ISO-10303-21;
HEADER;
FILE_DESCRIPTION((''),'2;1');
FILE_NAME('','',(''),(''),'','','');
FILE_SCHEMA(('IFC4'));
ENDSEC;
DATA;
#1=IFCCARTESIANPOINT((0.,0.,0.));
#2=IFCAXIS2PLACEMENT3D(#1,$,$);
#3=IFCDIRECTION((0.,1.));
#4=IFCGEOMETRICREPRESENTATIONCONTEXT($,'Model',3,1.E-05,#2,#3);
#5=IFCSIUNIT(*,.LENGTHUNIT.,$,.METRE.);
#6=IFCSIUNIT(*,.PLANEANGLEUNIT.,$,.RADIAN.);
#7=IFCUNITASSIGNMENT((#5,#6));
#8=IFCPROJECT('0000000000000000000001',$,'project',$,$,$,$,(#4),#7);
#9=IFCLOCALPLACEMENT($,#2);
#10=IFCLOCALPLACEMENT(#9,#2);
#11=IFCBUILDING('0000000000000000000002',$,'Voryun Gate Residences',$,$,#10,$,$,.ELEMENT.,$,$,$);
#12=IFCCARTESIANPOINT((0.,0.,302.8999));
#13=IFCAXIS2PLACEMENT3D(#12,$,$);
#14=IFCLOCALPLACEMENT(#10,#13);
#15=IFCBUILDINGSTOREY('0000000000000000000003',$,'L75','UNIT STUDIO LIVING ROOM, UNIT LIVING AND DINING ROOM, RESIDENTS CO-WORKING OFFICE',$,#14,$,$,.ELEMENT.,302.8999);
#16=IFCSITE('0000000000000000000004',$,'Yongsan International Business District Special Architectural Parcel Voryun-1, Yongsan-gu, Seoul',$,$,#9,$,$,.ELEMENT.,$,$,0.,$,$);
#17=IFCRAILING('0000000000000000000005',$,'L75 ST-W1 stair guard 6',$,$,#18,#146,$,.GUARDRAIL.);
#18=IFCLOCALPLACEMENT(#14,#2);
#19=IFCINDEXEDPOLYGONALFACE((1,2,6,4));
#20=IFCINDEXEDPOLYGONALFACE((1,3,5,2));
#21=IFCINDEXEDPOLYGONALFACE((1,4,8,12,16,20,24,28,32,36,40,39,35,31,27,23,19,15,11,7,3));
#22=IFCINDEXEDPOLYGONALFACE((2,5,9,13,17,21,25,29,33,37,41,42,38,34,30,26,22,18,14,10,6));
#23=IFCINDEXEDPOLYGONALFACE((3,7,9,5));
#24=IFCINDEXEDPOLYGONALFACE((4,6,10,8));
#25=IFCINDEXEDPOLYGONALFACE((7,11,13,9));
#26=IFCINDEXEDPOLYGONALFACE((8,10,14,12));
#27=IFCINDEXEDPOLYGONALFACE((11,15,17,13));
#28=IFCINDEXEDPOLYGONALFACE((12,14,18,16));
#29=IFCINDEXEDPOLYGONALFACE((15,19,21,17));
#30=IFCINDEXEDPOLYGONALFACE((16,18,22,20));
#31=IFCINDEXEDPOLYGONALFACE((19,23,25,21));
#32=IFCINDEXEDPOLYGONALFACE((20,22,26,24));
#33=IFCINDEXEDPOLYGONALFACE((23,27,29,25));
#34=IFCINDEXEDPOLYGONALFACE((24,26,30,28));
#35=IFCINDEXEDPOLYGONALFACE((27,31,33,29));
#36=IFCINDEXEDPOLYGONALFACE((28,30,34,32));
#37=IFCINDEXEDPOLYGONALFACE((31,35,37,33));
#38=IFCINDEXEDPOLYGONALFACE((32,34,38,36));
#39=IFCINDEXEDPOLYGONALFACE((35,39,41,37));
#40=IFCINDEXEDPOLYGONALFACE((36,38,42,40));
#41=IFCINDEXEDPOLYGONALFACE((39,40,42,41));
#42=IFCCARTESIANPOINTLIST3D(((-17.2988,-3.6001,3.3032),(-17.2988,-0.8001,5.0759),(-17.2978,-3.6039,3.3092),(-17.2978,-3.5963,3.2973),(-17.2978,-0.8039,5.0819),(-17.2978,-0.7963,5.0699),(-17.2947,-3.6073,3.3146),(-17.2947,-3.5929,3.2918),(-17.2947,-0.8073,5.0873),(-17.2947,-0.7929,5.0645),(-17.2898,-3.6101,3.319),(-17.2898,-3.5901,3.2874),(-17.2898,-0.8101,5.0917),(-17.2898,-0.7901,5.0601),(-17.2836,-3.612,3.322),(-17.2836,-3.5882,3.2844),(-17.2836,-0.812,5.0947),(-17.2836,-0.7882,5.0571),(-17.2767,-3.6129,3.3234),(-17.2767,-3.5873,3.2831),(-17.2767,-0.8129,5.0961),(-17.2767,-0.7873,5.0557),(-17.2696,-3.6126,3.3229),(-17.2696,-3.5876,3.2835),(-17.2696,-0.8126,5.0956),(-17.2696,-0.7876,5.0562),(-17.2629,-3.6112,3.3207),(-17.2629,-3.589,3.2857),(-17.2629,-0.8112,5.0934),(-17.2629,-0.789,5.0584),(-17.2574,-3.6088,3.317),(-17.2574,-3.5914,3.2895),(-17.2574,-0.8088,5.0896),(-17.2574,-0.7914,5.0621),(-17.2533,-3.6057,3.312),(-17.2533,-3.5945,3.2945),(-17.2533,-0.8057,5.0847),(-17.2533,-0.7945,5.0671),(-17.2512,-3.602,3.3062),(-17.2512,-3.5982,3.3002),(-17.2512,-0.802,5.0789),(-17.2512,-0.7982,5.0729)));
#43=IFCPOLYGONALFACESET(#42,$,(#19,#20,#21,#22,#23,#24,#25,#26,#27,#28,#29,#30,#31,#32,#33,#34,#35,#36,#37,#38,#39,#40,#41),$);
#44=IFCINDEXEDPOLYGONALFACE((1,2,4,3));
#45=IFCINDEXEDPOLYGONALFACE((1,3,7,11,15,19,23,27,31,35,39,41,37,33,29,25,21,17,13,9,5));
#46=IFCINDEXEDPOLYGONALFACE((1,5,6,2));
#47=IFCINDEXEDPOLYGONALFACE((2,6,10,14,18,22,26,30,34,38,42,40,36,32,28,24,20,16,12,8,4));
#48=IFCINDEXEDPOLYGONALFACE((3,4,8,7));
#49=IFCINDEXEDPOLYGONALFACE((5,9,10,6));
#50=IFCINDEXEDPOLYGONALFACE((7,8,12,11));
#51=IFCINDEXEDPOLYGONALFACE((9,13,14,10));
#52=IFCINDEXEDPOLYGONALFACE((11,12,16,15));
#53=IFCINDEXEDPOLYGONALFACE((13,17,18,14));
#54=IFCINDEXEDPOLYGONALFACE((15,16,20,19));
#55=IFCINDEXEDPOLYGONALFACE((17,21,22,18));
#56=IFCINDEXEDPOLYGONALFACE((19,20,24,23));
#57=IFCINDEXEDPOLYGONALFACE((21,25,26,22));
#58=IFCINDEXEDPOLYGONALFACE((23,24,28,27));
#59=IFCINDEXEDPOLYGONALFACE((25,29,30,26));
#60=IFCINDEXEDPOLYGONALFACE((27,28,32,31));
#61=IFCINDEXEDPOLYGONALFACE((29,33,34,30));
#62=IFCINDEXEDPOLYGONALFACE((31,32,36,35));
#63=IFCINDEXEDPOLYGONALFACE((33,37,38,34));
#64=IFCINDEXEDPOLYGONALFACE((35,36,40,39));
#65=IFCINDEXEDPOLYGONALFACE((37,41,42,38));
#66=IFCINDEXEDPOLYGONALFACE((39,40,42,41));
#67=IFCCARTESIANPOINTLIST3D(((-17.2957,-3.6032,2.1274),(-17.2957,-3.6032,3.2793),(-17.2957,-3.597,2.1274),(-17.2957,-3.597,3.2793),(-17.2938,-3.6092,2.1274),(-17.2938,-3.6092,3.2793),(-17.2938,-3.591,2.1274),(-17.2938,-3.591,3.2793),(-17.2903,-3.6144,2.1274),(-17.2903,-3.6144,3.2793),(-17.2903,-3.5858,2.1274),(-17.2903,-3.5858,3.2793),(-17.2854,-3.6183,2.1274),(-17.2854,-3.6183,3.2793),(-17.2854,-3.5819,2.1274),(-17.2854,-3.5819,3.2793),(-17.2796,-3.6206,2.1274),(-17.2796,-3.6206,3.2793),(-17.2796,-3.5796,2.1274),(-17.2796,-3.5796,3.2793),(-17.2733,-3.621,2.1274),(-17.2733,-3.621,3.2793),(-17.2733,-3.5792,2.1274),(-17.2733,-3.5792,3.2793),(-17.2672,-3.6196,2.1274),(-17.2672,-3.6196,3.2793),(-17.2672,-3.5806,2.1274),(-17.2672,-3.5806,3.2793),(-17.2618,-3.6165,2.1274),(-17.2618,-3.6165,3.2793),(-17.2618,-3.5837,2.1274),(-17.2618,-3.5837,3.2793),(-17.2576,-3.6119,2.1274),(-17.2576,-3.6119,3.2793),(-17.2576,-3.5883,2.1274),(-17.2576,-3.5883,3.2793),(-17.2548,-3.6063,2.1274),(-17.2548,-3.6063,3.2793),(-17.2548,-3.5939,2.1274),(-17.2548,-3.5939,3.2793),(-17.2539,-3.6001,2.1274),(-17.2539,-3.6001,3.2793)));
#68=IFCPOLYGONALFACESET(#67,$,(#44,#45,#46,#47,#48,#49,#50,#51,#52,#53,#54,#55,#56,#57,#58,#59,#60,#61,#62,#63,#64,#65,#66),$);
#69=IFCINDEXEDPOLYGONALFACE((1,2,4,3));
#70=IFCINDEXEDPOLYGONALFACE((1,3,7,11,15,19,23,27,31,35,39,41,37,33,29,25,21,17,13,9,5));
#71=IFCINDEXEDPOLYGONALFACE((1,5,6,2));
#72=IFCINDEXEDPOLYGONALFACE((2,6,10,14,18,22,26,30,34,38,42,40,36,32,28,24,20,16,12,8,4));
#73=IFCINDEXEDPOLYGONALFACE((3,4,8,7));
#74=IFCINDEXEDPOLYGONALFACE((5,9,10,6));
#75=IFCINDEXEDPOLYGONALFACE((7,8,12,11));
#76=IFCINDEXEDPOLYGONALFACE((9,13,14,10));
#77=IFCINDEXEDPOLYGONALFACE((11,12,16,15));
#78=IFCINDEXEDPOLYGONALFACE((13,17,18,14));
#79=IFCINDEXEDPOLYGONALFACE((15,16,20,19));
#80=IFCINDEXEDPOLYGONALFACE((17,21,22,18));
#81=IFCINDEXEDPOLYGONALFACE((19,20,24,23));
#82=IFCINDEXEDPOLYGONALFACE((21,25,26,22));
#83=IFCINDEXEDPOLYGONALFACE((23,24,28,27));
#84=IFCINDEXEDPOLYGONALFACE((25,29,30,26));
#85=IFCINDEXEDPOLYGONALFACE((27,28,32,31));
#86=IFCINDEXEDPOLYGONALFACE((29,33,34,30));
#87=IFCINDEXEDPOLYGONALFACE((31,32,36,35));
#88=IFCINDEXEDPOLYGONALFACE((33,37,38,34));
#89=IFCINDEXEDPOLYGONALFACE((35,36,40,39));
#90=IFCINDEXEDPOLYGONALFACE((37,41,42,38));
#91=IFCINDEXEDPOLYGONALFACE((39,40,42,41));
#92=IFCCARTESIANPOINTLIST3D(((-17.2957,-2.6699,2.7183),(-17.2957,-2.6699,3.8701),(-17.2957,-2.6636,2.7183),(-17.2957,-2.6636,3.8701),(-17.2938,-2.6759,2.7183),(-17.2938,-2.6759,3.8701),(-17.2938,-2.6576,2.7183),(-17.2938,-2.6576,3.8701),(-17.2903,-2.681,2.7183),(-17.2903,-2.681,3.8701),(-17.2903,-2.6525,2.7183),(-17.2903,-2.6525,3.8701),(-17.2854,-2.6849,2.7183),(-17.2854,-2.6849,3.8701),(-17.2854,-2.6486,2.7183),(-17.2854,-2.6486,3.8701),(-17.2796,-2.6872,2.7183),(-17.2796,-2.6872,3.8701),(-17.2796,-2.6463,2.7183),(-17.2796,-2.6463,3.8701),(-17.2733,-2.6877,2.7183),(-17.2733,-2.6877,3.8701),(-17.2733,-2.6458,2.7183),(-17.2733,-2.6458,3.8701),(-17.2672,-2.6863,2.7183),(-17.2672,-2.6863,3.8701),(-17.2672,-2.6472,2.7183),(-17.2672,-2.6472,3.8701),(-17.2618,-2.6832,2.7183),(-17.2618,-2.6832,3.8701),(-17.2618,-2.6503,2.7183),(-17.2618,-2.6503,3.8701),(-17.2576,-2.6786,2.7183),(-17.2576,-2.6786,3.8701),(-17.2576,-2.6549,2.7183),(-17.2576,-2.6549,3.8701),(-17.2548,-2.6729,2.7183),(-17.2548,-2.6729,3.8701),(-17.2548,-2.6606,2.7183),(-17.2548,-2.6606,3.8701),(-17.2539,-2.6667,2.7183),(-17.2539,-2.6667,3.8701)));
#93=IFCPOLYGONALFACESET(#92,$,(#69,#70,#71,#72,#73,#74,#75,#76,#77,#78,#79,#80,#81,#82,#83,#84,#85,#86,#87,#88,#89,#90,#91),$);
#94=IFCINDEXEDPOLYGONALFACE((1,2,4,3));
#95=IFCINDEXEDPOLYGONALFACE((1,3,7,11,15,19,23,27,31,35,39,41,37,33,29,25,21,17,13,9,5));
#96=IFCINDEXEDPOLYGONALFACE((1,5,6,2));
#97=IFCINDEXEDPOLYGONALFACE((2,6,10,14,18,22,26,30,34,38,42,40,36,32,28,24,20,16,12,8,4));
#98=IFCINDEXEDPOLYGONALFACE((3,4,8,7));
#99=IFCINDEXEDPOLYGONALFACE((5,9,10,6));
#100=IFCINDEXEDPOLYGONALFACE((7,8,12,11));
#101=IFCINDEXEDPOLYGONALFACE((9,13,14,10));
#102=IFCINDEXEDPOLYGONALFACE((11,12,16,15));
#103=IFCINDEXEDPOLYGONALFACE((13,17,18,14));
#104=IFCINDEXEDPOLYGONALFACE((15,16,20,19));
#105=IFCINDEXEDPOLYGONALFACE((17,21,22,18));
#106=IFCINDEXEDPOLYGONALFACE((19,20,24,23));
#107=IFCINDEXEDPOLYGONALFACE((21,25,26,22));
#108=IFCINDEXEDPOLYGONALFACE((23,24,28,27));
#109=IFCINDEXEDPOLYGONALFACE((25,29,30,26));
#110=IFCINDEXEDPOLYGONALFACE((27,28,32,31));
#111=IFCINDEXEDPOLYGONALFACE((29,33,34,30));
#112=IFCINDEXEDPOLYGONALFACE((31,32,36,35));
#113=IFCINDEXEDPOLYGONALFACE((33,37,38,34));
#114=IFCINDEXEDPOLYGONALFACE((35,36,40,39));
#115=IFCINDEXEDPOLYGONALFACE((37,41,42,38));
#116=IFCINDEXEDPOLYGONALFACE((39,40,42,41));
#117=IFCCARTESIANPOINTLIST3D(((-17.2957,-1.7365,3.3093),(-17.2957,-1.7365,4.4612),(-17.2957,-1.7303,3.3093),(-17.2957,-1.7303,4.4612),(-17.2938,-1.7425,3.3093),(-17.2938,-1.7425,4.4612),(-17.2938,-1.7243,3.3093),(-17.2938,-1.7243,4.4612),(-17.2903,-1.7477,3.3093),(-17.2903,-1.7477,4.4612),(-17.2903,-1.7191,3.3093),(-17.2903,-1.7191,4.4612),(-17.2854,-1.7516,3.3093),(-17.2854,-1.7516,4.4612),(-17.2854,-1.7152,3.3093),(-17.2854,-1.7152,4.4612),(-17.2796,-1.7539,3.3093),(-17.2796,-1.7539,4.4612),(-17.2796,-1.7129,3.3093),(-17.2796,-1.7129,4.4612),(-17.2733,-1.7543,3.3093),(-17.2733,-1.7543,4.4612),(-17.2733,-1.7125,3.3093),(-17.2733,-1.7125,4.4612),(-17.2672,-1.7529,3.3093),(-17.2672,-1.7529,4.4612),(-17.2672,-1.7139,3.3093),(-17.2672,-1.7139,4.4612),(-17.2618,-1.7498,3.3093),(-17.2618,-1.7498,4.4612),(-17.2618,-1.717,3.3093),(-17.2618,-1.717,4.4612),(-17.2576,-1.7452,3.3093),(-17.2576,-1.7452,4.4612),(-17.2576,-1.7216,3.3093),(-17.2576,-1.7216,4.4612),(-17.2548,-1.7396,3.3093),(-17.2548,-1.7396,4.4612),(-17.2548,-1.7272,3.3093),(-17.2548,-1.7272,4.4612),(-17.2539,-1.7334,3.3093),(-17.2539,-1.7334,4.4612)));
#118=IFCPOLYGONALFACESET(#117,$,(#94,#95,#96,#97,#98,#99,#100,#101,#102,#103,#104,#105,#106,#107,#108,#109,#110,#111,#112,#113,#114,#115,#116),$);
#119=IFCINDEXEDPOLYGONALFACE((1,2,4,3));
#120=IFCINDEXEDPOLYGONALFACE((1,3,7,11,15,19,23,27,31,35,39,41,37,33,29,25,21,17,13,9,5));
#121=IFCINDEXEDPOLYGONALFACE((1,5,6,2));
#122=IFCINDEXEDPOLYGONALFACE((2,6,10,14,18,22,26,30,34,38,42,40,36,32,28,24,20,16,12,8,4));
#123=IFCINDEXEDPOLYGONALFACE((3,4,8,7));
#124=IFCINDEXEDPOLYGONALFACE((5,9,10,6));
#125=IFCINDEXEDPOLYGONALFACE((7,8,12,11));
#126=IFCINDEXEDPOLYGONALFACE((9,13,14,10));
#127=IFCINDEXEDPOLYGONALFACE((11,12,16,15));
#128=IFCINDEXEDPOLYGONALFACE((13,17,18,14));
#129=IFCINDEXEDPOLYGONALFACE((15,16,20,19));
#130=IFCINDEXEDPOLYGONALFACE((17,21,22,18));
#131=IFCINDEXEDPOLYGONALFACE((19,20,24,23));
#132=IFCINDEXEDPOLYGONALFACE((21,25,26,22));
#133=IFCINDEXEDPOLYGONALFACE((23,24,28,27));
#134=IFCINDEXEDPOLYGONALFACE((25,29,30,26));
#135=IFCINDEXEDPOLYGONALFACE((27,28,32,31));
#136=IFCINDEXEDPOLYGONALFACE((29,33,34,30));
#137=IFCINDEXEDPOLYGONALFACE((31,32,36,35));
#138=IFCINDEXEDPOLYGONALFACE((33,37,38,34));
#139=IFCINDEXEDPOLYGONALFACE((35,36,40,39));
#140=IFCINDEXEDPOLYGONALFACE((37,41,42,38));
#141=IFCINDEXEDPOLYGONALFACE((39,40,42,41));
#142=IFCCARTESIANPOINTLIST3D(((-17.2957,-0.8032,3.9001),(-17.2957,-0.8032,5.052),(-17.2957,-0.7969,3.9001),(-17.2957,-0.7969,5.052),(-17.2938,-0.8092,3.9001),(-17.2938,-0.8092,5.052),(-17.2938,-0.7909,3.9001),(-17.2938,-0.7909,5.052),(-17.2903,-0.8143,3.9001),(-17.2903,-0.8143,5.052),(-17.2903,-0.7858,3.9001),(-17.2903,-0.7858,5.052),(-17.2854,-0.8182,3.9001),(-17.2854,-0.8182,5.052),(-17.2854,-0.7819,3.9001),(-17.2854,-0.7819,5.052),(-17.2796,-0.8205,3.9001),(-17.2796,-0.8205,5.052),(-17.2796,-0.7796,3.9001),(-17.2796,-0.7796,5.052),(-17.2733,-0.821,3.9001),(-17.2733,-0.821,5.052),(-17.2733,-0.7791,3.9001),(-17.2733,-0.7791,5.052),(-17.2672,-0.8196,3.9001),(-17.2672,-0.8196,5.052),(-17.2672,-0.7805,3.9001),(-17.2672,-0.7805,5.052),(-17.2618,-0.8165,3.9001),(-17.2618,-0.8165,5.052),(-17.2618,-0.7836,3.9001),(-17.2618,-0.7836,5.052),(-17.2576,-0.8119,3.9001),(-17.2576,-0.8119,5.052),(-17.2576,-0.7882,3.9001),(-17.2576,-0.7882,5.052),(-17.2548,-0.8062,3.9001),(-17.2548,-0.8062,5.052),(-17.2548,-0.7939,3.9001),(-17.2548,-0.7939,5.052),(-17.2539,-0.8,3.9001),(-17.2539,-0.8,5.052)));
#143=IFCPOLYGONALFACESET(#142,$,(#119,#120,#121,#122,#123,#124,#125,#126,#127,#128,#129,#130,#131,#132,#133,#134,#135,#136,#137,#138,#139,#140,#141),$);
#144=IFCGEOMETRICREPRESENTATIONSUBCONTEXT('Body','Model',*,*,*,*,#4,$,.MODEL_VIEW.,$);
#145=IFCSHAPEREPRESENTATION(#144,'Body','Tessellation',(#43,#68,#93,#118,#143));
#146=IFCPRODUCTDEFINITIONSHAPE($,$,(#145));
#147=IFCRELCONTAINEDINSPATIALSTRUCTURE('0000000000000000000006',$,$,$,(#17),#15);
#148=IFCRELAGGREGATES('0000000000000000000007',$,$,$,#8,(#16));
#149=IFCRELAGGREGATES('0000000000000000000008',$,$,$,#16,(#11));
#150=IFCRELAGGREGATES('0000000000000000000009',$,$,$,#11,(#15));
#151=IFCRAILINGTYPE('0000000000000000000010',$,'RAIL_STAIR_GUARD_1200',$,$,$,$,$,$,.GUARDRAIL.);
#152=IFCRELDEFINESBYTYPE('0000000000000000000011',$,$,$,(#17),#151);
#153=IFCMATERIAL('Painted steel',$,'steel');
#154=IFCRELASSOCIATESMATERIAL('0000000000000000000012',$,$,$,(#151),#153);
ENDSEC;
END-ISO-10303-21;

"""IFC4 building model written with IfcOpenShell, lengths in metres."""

from ifc_helpers import new_model, si_unit, direction, frame, origin, origin_2d, place, context, subcontext, project, spatial, circle, extrude, material, type_object, element, save


model = new_model("IFC4")

# Units and contexts
model_context = context("Model", 3, precision=1e-05, world=origin(), true_north=direction((0.0, 1.0)))
body_context = subcontext(model_context, "Body", "Model", "MODEL_VIEW")
ifc_project = project(units=[si_unit("LENGTHUNIT", "METRE"), si_unit("PLANEANGLEUNIT", "RADIAN")], contexts=[model_context])

# Site, building, storey
site_placement = place(None, origin())
site = spatial("IfcSite", under=ifc_project, at=site_placement, Name="Yongsan International Business District Special Architectural Parcel Voryun-1, Yongsan-gu, Seoul", CompositionType="ELEMENT", RefElevation=0.0)
building_placement = place(site_placement, origin())
building = spatial("IfcBuilding", under=site, at=building_placement, Name="Voryun Gate Residences", CompositionType="ELEMENT")
storey_placement = place(building_placement, frame((0.0, 0.0, 302.8999)))
storey = spatial("IfcBuildingStorey", under=building, at=storey_placement, Name="L75", Description="UNIT STUDIO LIVING ROOM, UNIT LIVING AND DINING ROOM, RESIDENTS CO-WORKING OFFICE", CompositionType="ELEMENT", Elevation=302.8999)

# Railing
ifc_material_1 = material(Name="Painted steel", Category="steel")
railing_type_1 = type_object("IfcRailingType", Name="RAIL_STAIR_GUARD_1200", PredefinedType="GUARDRAIL", material=ifc_material_1)
railing_1_placement = place(storey_placement, frame((-17.2749, -3.6001, 2.1274)))
element("IfcRailing", 1, at=railing_1_placement, inside=storey, type_object=railing_type_1, Name="L75 ST-W1 stair guard 6", PredefinedType="GUARDRAIL", context=body_context, shape_type="SweptSolid", body=[
    extrude(circle(Radius=0.0239, at=origin_2d()), frame((0.0, 0.0, 1.1758), z_axis=(0.0, 0.844909, 0.53491), x_axis=(-1.0, 0.0, 0.0)), (0.0, 0.0, 1.0), 3.314),
    extrude(circle(Radius=0.021, at=origin_2d()), origin(), (0.0, 0.0, 1.0), 1.1519),
    extrude(circle(Radius=0.021, at=origin_2d()), frame((0.0, 0.9333, 0.5908)), (0.0, 0.0, 1.0), 1.1519),
    extrude(circle(Radius=0.021, at=origin_2d()), frame((0.0, 1.8667, 1.1819)), (0.0, 0.0, 1.0), 1.1519),
    extrude(circle(Radius=0.021, at=origin_2d()), frame((0.0, 2.8, 1.7727)), (0.0, 0.0, 1.0), 1.1519),
])

save(model, "model.ifc")
